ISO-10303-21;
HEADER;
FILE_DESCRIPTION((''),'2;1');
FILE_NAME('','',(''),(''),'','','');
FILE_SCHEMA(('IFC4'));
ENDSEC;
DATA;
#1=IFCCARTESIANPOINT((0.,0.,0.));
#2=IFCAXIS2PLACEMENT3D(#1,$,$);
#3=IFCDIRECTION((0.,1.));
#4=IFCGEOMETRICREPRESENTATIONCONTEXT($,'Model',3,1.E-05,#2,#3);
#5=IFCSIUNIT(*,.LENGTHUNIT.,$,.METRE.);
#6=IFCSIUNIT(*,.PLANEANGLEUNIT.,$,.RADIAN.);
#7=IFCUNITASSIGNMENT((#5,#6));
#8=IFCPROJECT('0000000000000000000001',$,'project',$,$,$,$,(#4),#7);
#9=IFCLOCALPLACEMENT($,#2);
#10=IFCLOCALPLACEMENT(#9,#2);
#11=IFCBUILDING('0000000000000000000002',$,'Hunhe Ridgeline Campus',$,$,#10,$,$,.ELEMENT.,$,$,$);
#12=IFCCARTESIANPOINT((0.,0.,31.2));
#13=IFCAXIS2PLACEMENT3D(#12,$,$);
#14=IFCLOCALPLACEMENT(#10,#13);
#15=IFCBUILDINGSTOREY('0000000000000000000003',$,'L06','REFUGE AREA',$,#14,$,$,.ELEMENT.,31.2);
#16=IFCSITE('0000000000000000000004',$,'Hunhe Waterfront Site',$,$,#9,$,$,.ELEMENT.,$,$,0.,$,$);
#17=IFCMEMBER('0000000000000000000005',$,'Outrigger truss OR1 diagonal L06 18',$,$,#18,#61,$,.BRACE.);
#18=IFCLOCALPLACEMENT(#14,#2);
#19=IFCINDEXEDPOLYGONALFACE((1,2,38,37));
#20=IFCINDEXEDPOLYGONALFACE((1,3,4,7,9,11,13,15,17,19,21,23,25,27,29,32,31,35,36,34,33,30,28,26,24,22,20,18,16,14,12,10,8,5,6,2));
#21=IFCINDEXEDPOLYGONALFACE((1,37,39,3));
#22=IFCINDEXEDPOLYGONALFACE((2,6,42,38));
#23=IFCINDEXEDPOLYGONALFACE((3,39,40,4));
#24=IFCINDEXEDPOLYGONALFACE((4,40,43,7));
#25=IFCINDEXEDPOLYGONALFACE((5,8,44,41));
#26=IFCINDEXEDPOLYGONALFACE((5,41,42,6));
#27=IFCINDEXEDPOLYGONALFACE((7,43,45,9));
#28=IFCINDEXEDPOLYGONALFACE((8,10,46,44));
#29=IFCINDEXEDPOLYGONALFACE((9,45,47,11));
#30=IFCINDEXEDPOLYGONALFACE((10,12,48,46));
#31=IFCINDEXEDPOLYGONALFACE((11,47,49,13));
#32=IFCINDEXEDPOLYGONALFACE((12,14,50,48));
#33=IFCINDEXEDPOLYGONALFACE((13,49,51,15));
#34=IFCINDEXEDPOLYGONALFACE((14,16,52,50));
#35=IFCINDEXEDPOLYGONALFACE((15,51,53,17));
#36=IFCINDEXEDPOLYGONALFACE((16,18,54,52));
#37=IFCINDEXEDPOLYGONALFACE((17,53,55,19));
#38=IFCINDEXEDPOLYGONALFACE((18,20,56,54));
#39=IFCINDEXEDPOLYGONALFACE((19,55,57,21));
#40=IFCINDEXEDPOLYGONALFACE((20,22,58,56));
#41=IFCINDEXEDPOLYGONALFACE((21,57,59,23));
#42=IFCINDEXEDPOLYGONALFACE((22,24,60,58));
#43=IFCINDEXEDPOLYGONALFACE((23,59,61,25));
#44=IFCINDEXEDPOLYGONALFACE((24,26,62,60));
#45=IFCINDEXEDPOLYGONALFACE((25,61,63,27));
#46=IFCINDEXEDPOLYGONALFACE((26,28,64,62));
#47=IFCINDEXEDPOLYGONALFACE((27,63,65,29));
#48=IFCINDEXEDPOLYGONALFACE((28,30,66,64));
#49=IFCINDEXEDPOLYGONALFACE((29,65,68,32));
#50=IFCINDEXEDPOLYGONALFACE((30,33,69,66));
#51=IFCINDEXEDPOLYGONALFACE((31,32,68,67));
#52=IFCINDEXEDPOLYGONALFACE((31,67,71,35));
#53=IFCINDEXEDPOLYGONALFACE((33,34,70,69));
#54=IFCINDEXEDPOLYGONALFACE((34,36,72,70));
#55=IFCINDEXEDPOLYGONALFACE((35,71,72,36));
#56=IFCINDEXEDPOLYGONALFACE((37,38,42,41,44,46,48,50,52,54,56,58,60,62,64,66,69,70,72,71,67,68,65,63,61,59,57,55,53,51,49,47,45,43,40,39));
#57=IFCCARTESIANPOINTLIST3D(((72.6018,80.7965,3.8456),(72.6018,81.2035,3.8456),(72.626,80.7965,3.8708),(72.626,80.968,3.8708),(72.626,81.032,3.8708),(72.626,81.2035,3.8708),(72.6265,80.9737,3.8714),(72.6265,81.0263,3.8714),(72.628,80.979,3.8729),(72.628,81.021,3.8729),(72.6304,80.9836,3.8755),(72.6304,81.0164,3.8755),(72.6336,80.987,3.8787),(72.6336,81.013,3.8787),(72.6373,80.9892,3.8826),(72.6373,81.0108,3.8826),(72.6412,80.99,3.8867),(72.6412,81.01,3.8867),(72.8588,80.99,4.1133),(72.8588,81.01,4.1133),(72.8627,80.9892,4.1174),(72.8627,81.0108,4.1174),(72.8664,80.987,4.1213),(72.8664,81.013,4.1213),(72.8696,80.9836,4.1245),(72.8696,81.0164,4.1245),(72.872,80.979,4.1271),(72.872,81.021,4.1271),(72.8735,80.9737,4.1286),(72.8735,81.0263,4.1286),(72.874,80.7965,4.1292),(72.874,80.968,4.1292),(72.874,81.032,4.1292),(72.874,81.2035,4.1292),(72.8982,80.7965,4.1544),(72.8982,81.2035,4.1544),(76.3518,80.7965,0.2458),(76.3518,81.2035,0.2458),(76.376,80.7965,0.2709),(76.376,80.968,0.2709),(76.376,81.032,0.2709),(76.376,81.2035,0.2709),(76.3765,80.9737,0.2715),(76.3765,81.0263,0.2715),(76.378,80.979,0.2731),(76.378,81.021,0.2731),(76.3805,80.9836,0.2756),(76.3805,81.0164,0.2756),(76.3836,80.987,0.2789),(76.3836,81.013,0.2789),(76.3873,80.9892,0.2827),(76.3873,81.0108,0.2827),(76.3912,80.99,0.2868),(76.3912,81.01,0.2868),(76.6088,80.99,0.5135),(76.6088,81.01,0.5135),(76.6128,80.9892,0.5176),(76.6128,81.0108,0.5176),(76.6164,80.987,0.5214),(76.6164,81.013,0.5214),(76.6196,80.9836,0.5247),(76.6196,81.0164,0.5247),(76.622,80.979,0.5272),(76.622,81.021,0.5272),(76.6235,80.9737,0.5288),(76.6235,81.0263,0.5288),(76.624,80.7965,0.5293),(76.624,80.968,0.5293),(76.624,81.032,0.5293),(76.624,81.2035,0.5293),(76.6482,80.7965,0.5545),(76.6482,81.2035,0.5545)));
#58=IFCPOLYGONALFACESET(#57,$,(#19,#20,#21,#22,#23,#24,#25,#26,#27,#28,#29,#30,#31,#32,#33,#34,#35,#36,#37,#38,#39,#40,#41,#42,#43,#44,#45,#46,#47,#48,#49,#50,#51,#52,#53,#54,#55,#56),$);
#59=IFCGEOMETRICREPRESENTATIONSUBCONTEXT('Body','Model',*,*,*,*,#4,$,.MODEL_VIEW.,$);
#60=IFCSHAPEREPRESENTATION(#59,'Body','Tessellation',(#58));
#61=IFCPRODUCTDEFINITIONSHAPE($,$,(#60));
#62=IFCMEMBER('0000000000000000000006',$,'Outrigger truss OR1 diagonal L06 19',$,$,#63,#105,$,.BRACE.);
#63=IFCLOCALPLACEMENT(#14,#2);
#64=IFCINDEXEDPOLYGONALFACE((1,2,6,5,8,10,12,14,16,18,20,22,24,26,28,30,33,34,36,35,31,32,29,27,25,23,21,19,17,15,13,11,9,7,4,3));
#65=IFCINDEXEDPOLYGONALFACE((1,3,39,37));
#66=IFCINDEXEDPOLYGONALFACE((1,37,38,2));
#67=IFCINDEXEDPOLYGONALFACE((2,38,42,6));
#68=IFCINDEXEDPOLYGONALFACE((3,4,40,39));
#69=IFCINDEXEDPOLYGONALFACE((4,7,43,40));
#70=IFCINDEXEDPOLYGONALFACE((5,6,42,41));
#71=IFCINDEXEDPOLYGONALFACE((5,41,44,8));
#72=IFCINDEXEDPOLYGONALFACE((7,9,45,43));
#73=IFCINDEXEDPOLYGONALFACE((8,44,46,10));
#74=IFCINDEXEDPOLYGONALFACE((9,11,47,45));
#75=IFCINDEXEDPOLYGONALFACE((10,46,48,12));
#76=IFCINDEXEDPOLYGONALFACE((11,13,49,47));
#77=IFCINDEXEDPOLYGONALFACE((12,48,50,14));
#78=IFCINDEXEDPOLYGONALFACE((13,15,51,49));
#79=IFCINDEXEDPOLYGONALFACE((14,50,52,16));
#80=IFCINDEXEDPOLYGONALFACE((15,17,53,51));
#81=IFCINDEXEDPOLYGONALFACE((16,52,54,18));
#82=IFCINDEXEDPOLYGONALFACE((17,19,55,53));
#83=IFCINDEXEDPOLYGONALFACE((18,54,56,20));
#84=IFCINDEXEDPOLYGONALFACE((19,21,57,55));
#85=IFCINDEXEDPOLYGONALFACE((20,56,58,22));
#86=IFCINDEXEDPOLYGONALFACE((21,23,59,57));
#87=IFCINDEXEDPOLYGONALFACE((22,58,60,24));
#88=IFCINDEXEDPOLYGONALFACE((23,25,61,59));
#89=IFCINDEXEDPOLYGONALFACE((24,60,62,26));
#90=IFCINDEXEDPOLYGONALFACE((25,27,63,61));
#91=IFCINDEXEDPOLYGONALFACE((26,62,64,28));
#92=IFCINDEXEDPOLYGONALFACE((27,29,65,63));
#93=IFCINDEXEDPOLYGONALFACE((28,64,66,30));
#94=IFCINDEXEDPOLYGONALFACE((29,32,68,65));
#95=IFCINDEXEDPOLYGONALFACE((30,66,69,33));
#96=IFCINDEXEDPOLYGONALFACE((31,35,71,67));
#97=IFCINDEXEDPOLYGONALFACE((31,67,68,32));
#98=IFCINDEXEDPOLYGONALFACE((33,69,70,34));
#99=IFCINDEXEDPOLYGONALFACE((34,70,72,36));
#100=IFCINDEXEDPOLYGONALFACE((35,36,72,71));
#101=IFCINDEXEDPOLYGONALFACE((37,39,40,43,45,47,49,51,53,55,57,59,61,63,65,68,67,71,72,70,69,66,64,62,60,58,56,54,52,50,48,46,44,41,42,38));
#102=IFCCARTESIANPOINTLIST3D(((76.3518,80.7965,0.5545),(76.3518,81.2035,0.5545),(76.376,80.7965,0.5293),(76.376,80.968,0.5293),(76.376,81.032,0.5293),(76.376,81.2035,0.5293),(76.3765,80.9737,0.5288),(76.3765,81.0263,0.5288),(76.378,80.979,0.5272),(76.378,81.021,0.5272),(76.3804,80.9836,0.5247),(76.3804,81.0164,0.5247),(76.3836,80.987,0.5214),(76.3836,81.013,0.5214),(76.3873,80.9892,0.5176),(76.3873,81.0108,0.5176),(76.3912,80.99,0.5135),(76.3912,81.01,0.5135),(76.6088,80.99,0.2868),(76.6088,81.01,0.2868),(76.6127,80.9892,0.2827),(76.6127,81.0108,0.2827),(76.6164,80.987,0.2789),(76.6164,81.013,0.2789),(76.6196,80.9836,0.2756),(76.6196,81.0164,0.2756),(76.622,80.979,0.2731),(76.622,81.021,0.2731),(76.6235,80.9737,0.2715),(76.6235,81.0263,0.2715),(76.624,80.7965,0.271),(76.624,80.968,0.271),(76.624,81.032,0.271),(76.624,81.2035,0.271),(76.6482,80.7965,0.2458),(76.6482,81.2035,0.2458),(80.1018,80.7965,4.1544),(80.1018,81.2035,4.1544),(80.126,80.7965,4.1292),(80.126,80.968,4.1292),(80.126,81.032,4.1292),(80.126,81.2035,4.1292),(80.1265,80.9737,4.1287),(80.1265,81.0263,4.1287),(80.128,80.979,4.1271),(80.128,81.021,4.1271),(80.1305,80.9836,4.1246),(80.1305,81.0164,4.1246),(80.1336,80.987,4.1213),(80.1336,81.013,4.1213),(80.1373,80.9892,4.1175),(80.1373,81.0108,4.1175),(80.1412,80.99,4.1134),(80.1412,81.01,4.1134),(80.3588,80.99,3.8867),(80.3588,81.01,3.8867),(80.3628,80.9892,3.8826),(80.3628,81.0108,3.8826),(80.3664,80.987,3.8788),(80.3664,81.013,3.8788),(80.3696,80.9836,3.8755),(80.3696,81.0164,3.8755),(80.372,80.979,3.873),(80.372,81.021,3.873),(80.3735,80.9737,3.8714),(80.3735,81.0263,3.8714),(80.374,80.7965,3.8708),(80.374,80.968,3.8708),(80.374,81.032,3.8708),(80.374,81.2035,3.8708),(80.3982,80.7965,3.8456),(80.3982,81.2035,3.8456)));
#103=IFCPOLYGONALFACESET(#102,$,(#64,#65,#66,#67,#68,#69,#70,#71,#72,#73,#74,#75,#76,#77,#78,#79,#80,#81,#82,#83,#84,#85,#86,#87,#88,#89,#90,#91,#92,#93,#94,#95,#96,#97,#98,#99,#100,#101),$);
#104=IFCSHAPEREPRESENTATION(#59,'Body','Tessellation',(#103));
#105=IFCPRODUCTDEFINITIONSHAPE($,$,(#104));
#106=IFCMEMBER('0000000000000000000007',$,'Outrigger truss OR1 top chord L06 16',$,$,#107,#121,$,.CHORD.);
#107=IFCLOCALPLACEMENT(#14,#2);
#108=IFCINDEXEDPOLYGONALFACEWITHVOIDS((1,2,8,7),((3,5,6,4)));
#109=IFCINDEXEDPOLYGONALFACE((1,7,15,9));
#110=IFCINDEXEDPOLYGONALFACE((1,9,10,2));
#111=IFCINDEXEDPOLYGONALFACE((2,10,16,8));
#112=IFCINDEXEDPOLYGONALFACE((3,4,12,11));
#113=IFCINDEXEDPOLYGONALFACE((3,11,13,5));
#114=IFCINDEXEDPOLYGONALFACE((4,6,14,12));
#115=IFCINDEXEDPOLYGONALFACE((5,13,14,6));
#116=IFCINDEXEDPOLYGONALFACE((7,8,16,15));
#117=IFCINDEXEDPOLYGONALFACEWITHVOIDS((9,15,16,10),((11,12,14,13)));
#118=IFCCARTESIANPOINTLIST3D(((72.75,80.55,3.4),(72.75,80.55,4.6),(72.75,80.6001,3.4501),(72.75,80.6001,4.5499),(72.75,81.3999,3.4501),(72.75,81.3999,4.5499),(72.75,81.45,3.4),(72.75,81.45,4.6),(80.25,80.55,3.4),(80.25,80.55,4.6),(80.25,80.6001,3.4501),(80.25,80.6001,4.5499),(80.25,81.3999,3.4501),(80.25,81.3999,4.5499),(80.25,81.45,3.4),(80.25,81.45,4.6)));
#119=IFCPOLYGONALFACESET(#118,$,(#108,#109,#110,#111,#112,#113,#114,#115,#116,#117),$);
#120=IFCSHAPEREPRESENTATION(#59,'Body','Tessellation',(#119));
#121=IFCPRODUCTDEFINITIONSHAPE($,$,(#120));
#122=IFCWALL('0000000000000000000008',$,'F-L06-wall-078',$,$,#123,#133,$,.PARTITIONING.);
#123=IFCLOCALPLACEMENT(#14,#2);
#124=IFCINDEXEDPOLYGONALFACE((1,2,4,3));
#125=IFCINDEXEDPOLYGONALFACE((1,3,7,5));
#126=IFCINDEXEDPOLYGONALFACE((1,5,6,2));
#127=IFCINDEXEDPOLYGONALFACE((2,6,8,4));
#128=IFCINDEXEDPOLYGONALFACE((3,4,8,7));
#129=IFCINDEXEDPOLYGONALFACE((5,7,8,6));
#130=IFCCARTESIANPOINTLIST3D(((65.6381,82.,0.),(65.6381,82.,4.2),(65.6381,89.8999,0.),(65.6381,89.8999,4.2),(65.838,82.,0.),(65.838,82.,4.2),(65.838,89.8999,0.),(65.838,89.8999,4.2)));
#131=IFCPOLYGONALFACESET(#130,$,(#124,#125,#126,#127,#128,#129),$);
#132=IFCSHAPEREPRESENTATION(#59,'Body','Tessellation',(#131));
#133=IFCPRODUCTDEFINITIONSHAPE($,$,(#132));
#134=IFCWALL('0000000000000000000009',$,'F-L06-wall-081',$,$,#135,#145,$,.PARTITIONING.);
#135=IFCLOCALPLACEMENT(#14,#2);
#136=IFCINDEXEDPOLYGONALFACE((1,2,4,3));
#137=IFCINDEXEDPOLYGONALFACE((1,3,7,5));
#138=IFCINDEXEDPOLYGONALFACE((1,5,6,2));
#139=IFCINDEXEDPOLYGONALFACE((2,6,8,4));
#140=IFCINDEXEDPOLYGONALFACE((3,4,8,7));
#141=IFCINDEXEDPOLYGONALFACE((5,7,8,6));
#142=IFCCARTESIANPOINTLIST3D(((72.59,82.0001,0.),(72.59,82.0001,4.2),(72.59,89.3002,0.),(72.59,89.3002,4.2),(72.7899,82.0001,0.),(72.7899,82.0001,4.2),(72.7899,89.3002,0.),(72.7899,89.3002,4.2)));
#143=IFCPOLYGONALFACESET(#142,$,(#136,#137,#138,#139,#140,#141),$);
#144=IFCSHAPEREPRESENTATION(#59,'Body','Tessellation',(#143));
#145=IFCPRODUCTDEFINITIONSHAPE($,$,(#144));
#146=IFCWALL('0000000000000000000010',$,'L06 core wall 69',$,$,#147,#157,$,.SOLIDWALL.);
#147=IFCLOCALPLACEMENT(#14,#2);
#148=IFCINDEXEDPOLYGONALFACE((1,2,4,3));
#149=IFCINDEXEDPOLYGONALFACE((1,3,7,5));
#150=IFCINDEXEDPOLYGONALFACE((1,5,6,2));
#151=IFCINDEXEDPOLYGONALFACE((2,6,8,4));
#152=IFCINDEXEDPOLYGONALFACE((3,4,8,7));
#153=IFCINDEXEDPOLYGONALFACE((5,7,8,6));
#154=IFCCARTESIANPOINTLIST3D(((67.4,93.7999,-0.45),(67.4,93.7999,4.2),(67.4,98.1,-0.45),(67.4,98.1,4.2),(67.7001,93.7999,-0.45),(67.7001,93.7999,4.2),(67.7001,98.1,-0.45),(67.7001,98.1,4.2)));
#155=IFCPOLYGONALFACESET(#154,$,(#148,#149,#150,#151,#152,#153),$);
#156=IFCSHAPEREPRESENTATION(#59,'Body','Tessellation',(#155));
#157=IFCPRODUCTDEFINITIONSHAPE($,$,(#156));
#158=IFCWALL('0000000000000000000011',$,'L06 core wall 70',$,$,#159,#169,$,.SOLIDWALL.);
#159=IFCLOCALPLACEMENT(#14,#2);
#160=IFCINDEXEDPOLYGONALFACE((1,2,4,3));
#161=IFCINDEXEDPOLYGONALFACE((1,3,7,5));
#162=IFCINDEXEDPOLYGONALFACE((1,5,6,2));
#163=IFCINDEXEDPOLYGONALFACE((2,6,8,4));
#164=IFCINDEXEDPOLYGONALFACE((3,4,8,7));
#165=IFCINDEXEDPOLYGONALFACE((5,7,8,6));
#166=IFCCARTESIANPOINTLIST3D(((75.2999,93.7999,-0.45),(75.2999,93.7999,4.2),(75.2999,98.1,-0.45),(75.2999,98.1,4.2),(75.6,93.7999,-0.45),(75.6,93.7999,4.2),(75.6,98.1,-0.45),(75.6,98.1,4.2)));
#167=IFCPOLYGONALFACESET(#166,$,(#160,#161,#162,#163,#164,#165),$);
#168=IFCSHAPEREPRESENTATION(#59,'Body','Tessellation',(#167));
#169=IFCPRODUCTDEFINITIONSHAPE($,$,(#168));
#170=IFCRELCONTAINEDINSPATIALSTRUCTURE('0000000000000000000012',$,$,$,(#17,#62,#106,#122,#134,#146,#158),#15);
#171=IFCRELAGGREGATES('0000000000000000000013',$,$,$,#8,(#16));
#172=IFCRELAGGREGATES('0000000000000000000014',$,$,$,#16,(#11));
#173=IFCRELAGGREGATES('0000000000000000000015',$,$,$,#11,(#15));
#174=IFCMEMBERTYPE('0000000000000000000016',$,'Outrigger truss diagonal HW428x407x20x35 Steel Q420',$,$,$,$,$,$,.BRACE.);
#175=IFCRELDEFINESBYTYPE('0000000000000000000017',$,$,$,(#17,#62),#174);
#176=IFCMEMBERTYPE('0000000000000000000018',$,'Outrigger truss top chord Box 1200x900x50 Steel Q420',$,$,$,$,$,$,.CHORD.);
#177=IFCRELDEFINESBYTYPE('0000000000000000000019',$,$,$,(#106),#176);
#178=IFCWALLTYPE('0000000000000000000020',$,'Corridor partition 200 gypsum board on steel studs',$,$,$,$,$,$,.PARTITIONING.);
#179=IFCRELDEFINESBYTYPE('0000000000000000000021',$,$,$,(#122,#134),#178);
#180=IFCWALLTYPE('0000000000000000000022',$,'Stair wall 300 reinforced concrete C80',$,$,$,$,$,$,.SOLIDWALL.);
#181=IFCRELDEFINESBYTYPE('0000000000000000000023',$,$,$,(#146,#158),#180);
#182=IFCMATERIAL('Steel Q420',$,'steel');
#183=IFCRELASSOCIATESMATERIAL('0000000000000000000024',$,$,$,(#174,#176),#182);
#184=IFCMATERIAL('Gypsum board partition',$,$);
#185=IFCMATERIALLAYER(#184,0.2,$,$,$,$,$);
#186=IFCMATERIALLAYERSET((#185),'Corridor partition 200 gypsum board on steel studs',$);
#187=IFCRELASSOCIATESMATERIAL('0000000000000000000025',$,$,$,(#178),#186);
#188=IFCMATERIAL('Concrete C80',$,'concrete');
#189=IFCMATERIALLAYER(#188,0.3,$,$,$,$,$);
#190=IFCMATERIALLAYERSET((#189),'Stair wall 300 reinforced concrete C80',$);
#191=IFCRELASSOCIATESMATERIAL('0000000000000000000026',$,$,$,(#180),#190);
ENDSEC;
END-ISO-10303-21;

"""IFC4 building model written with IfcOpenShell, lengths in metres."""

from ifc_helpers import new_model, si_unit, direction, frame, frame_2d, origin, origin_2d, place, context, subcontext, project, spatial, rectangle, hollow_rectangle, i_section, extrude, material, layer, layer_set, material_profile, profile_set, type_object, element, save


model = new_model("IFC4")

# Units and contexts
model_context = context("Model", 3, precision=1e-05, world=origin(), true_north=direction((0.0, 1.0)))
body_context = subcontext(model_context, "Body", "Model", "MODEL_VIEW")
ifc_project = project(units=[si_unit("LENGTHUNIT", "METRE"), si_unit("PLANEANGLEUNIT", "RADIAN")], contexts=[model_context])

# Site, building, storey
site_placement = place(None, origin())
site = spatial("IfcSite", under=ifc_project, at=site_placement, Name="Hunhe Waterfront Site", CompositionType="ELEMENT", RefElevation=0.0)
building_placement = place(site_placement, origin())
building = spatial("IfcBuilding", under=site, at=building_placement, Name="Hunhe Ridgeline Campus", CompositionType="ELEMENT")
storey_placement = place(building_placement, frame((0.0, 0.0, 31.2)))
storey = spatial("IfcBuildingStorey", under=building, at=storey_placement, Name="L06", Description="REFUGE AREA", CompositionType="ELEMENT", Elevation=31.2)

# Shared definitions
ifc_material_1 = material(Name="Concrete C80", Category="concrete")

# Members
ifc_material_2 = material(Name="Steel Q420", Category="steel")
ifc_material_profile_1 = material_profile(ifc_material_2, i_section(OverallWidth=0.407, OverallDepth=0.428, WebThickness=0.02, FlangeThickness=0.0349, FilletRadius=0.022, at=origin_2d()))
ifc_profile_set_1 = profile_set([ifc_material_profile_1], Name="Steel Q420")
member_type_1 = type_object("IfcMemberType", Name="Outrigger truss diagonal HW428x407x20x35 Steel Q420", PredefinedType="BRACE", material=ifc_profile_set_1)
for number, where, z_axis, x_axis, name in (
    (1, (72.75, 81.0, 4.0), (0.721401, 0.0, -0.692517), (0.0, 1.0, 0.0), "Outrigger truss OR1 diagonal L06 18"),
    (2, (76.5, 81.0, 0.4001), (0.721401, 0.0, 0.692517), (0.0, 1.0, 0.0), "Outrigger truss OR1 diagonal L06 19"),
):
    element("IfcMember", number, at=place(storey_placement, frame(where, z_axis=z_axis, x_axis=x_axis)), inside=storey, type_object=member_type_1, Name=name, PredefinedType="BRACE", context=body_context, shape_type="SweptSolid", body=[
        extrude(i_section(OverallWidth=0.407, OverallDepth=0.428, WebThickness=0.02, FlangeThickness=0.0349, FilletRadius=0.022, at=origin_2d()), origin(), (0.0, 0.0, 1.0), 5.1982),
    ])
ifc_material_profile_2 = material_profile(ifc_material_2, hollow_rectangle(XDim=0.8999, YDim=1.2, WallThickness=0.05, at=origin_2d()))
ifc_profile_set_2 = profile_set([ifc_material_profile_2], Name="Steel Q420")
member_type_2 = type_object("IfcMemberType", Name="Outrigger truss top chord Box 1200x900x50 Steel Q420", PredefinedType="CHORD", material=ifc_profile_set_2)
member_placement = place(storey_placement, frame((72.75, 81.0, 4.0), z_axis=(1.0, 0.0, 0.0), x_axis=(0.0, 1.0, 0.0)))
element("IfcMember", 3, at=member_placement, inside=storey, type_object=member_type_2, Name="Outrigger truss OR1 top chord L06 16", PredefinedType="CHORD", context=body_context, shape_type="SweptSolid", body=[
    extrude(hollow_rectangle(XDim=0.8999, YDim=1.2, WallThickness=0.05, at=origin_2d()), origin(), (0.0, 0.0, 1.0), 7.5),
])

# Shared definitions
ifc_material_3 = material(Name="Gypsum board partition")
ifc_layer_1 = layer(ifc_material_3, 0.2)
ifc_layer_set_1 = layer_set([ifc_layer_1], Name="Corridor partition 200 gypsum board on steel studs")
wall_type_1 = type_object("IfcWallType", Name="Corridor partition 200 gypsum board on steel studs", PredefinedType="PARTITIONING", material=ifc_layer_set_1)

# Walls
wall_1_placement = place(storey_placement, frame((65.738, 89.8999, 0.0), z_axis=(0.0, 0.0, 1.0), x_axis=(0.0, -1.0, 0.0)))
element("IfcWall", 4, at=wall_1_placement, inside=storey, type_object=wall_type_1, Name="F-L06-wall-078", PredefinedType="PARTITIONING", context=body_context, shape_type="SweptSolid", body=[
    extrude(rectangle(XDim=7.8999, YDim=0.2, at=frame_2d((3.95, 0.0))), origin(), (0.0, 0.0, 1.0), 4.2),
])
wall_2_placement = place(storey_placement, frame((72.6899, 89.3, 0.0), z_axis=(0.0, 0.0, 1.0), x_axis=(0.0, -1.0, 0.0)))
element("IfcWall", 5, at=wall_2_placement, inside=storey, type_object=wall_type_1, Name="F-L06-wall-081", PredefinedType="PARTITIONING", context=body_context, shape_type="SweptSolid", body=[
    extrude(rectangle(XDim=7.3, YDim=0.2, at=frame_2d((3.6499, 0.0))), origin(), (0.0, 0.0, 1.0), 4.2),
])

# Shared definitions
ifc_layer_2 = layer(ifc_material_1, 0.3)
ifc_layer_set_2 = layer_set([ifc_layer_2], Name="Stair wall 300 reinforced concrete C80")
wall_type_2 = type_object("IfcWallType", Name="Stair wall 300 reinforced concrete C80", PredefinedType="SOLIDWALL", material=ifc_layer_set_2)

# Walls
for number, where, z_axis, x_axis, name in (
    (6, (67.55, 93.8, -0.45), (0.0, 0.0, 1.0), (0.0, 1.0, 0.0), "L06 core wall 69"),
    (7, (75.45, 93.8, -0.45), (0.0, 0.0, 1.0), (0.0, 1.0, 0.0), "L06 core wall 70"),
):
    element("IfcWall", number, at=place(storey_placement, frame(where, z_axis=z_axis, x_axis=x_axis)), inside=storey, type_object=wall_type_2, Name=name, PredefinedType="SOLIDWALL", context=body_context, shape_type="SweptSolid", body=[
        extrude(rectangle(XDim=4.3, YDim=0.3, at=frame_2d((2.1499, 0.0))), origin(), (0.0, 0.0, 1.0), 4.6499),
    ])

save(model, "model.ifc")
